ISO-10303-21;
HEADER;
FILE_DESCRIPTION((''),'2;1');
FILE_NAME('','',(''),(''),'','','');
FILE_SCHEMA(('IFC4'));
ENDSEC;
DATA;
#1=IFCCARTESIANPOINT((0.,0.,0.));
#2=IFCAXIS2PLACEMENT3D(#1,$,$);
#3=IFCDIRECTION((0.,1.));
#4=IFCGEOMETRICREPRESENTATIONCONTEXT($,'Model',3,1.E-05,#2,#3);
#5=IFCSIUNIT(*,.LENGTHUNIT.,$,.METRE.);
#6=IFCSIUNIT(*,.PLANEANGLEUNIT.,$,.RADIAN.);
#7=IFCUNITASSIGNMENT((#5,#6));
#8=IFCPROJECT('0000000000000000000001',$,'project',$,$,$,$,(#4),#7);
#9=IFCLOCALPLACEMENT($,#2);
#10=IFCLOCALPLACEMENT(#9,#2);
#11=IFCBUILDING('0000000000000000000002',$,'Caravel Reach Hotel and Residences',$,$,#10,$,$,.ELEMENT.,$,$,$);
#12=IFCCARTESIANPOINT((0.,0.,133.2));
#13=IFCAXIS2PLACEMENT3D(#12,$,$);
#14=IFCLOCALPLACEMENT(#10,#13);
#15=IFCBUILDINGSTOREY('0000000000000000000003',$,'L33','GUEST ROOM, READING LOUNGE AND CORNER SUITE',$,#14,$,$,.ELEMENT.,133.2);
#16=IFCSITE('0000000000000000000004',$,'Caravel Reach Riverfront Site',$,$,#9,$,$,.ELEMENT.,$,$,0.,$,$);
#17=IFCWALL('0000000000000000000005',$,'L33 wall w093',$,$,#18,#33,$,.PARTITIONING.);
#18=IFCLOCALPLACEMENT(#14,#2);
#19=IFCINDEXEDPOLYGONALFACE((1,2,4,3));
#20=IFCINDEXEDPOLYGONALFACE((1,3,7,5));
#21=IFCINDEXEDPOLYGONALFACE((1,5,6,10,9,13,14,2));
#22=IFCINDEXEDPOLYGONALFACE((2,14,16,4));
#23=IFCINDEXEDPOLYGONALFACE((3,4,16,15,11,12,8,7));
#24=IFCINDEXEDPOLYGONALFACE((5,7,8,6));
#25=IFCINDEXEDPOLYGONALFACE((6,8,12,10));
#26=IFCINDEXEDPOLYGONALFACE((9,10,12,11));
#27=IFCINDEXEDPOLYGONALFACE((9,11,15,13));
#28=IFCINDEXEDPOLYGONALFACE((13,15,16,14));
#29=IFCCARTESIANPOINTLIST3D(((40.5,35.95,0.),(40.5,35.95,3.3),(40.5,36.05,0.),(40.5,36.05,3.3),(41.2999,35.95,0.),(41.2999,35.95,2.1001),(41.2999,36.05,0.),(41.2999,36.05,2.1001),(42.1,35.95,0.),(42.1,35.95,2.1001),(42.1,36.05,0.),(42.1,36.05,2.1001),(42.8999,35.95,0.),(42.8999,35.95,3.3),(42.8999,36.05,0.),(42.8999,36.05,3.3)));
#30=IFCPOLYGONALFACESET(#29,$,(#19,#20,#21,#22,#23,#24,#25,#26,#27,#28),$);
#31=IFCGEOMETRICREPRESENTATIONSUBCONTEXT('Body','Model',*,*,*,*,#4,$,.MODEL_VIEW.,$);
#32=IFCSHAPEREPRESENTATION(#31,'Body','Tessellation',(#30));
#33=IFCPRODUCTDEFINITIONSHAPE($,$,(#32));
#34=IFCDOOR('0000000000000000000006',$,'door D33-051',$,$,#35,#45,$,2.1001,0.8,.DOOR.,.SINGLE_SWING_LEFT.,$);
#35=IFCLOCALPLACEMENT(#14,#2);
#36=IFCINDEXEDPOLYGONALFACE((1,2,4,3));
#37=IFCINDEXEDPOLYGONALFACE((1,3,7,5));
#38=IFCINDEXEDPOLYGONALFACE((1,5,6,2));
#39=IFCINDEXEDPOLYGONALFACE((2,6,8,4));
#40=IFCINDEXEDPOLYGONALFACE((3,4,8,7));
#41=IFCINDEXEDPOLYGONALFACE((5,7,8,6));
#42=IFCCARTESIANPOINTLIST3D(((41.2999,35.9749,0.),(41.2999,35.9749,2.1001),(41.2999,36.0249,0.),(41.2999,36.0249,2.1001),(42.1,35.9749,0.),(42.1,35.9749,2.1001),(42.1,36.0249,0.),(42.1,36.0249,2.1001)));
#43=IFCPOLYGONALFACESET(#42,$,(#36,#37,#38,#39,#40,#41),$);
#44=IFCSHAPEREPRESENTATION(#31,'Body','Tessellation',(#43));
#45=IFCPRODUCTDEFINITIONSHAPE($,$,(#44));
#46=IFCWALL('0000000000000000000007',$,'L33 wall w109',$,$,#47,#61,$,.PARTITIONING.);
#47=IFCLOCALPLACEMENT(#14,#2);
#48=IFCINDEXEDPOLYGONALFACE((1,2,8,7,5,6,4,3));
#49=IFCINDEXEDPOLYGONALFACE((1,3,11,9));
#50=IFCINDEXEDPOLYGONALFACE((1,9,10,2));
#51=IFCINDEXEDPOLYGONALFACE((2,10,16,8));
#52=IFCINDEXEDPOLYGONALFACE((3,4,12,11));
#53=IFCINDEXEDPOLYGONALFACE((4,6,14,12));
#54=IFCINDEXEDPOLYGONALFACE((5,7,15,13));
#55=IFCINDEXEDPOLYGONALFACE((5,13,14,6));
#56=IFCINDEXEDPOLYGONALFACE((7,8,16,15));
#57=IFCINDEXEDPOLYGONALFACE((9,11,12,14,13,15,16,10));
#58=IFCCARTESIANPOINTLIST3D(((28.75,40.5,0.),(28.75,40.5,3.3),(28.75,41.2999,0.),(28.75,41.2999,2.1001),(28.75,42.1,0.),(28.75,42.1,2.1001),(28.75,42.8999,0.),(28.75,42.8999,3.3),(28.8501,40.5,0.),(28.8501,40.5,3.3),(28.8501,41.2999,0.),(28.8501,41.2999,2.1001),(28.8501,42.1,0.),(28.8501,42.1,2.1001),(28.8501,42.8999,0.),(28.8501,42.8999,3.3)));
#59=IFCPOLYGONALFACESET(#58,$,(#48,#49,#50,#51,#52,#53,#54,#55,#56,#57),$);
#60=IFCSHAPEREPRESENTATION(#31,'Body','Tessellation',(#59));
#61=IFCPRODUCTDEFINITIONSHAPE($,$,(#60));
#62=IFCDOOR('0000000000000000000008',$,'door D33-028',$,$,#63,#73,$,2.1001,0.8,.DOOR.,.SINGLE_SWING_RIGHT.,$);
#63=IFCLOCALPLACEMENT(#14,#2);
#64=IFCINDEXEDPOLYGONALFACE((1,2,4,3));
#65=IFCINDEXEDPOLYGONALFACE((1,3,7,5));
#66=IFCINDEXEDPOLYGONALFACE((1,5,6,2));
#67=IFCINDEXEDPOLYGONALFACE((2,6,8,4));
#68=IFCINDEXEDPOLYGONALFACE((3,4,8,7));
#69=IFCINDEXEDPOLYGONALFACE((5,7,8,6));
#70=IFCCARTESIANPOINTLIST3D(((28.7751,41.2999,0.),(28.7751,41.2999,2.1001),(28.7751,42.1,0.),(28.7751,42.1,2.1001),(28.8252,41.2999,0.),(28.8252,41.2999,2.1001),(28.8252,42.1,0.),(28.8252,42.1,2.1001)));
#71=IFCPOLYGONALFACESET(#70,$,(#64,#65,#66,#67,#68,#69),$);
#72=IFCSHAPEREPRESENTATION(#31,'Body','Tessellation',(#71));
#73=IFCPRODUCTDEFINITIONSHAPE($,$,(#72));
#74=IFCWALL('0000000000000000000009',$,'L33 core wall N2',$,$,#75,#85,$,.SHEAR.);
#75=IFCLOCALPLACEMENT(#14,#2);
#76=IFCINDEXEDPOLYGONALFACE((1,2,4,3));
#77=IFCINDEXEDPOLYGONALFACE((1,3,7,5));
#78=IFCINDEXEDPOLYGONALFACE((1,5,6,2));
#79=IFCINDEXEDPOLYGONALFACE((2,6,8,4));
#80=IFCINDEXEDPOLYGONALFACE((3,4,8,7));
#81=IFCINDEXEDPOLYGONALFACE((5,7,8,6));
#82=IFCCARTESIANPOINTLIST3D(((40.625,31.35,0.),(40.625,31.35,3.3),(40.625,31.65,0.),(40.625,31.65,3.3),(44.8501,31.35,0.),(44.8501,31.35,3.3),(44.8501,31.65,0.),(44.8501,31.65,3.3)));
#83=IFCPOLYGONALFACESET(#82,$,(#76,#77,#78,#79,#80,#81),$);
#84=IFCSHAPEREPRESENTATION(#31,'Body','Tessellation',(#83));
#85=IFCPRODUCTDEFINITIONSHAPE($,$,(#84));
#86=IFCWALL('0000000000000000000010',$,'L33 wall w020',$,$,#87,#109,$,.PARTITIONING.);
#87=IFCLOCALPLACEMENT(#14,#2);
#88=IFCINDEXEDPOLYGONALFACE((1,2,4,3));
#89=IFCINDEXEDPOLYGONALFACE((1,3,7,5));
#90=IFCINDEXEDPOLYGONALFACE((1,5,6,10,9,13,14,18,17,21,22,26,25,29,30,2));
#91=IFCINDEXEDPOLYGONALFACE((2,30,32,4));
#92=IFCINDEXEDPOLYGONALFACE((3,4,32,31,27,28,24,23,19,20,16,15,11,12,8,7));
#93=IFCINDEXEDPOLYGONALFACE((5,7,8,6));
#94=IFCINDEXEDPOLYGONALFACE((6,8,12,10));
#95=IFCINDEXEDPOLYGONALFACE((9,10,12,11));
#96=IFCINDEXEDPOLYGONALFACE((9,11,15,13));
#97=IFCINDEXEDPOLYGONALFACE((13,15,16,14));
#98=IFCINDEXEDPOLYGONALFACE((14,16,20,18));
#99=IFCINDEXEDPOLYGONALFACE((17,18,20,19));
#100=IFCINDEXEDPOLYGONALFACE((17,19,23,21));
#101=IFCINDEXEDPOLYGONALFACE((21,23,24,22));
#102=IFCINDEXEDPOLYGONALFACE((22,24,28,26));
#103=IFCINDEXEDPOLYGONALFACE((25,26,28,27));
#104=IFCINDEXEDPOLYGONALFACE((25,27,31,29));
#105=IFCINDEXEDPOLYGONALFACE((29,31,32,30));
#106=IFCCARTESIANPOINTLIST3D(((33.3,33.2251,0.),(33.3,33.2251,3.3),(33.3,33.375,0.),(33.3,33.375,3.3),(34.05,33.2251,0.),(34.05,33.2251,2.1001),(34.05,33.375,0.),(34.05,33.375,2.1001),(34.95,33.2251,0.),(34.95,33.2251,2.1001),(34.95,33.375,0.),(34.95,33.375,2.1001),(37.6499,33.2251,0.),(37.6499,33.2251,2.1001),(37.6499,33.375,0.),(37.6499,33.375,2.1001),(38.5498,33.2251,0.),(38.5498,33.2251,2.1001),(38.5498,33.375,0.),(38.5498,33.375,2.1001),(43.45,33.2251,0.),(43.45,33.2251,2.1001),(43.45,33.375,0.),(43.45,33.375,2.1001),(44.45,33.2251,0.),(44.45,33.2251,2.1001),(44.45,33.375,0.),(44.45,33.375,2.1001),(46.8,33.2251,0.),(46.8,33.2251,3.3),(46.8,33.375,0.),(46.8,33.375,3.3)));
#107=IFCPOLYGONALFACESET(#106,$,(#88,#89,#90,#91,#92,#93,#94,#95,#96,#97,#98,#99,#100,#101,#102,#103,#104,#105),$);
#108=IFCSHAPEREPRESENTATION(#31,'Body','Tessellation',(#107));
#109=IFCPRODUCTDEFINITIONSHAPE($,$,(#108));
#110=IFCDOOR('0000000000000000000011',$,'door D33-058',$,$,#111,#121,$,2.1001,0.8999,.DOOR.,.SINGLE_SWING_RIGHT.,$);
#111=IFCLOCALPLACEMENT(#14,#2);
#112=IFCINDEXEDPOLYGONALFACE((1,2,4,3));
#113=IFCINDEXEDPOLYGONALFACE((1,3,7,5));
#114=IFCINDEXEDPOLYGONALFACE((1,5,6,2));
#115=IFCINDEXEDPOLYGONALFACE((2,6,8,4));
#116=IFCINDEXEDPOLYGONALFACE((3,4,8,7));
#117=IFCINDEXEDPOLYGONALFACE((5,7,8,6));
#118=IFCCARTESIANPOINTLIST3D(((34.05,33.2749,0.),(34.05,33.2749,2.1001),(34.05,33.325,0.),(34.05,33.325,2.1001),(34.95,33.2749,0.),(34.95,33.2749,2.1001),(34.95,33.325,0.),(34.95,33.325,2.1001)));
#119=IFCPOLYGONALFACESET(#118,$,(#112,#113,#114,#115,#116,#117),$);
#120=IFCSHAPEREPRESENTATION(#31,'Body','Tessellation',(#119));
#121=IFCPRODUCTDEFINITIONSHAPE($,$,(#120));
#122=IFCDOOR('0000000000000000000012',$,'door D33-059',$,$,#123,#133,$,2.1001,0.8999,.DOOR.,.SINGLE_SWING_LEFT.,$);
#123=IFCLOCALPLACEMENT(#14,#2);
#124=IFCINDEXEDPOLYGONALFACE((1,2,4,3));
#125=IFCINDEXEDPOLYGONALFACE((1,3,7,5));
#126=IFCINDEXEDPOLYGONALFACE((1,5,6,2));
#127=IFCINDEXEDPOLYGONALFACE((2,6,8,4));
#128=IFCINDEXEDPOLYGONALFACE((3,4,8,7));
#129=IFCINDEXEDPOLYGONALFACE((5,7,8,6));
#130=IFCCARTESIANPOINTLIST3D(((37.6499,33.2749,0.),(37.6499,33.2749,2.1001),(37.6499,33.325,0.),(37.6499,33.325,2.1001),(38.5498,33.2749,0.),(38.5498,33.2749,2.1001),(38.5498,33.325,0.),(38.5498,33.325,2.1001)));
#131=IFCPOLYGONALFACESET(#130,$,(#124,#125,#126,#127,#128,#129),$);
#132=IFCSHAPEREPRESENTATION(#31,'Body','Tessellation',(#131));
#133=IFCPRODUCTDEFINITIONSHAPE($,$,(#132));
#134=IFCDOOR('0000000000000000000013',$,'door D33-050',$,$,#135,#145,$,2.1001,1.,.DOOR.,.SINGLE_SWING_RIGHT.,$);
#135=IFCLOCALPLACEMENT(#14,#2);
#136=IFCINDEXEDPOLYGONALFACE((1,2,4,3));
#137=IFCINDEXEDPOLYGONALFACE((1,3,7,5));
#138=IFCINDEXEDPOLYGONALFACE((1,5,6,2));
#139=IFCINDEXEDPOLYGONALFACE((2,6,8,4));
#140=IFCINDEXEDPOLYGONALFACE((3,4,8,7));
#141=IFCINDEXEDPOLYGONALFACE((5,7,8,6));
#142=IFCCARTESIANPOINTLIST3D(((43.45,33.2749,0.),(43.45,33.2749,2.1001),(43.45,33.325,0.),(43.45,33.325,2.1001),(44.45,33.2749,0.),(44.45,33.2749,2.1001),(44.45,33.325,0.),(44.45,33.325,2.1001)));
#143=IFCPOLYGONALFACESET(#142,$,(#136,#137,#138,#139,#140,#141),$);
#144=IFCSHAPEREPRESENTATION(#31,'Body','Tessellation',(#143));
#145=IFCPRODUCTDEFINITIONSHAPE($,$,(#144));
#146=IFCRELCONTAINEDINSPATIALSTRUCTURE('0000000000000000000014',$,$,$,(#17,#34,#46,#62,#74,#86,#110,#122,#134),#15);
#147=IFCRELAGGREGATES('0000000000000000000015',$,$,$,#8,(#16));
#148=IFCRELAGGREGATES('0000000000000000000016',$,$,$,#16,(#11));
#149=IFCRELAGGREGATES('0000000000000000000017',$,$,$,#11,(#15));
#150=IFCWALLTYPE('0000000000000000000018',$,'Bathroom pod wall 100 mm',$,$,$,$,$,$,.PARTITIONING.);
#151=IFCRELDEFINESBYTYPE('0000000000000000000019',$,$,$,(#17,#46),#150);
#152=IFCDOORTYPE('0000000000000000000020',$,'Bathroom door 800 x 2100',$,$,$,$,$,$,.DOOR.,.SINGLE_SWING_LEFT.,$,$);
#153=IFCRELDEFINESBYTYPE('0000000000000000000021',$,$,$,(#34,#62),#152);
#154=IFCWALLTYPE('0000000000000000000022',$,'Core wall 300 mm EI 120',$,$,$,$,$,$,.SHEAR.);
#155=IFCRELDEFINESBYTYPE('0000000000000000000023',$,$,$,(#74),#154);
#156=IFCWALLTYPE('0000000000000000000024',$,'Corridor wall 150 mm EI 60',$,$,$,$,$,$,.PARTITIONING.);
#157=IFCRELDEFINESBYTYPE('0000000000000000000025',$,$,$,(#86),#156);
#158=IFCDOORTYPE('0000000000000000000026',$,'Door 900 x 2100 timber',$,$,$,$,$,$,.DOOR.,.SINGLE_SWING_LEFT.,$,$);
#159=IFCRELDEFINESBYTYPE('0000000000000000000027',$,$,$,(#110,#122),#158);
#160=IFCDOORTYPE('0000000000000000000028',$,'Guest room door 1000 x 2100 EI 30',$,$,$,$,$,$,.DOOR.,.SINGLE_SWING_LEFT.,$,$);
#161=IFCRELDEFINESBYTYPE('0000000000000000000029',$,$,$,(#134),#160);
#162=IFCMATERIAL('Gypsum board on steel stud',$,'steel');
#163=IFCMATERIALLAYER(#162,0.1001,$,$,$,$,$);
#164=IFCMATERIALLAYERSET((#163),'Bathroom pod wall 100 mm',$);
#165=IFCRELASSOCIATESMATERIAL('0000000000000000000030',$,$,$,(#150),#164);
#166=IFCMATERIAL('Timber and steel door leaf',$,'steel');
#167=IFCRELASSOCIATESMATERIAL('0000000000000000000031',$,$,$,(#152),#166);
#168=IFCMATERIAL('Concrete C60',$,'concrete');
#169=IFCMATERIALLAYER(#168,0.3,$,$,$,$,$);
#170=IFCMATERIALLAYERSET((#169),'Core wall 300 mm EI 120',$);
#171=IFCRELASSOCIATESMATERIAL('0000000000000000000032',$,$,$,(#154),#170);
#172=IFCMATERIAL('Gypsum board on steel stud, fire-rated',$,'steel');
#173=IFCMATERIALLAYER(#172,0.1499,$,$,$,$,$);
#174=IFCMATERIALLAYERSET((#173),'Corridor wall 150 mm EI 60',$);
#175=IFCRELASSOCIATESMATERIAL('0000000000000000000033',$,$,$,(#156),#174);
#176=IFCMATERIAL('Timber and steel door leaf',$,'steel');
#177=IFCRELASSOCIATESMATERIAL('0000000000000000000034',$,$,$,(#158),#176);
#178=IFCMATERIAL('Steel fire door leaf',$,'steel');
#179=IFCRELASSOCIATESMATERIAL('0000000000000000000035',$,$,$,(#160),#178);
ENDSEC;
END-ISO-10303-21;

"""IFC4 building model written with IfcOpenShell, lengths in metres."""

from ifc_helpers import new_model, si_unit, direction, frame, frame_2d, origin, place, context, subcontext, project, spatial, rectangle, extrude, material, layer, layer_set, type_object, element, fill, save


model = new_model("IFC4")

# Units and contexts
model_context = context("Model", 3, precision=1e-05, world=origin(), true_north=direction((0.0, 1.0)))
body_context = subcontext(model_context, "Body", "Model", "MODEL_VIEW")
ifc_project = project(units=[si_unit("LENGTHUNIT", "METRE"), si_unit("PLANEANGLEUNIT", "RADIAN")], contexts=[model_context])

# Site, building, storey
site_placement = place(None, origin())
site = spatial("IfcSite", under=ifc_project, at=site_placement, Name="Caravel Reach Riverfront Site", CompositionType="ELEMENT", RefElevation=0.0)
building_placement = place(site_placement, origin())
building = spatial("IfcBuilding", under=site, at=building_placement, Name="Caravel Reach Hotel and Residences", CompositionType="ELEMENT")
storey_placement = place(building_placement, frame((0.0, 0.0, 133.2)))
storey = spatial("IfcBuildingStorey", under=building, at=storey_placement, Name="L33", Description="GUEST ROOM, READING LOUNGE AND CORNER SUITE", CompositionType="ELEMENT", Elevation=133.2)

# Walls, openings, doors
ifc_material_1 = material(Name="Gypsum board on steel stud", Category="steel")
ifc_layer_1 = layer(ifc_material_1, 0.1001)
ifc_layer_set_1 = layer_set([ifc_layer_1], Name="Bathroom pod wall 100 mm")
wall_type_1 = type_object("IfcWallType", Name="Bathroom pod wall 100 mm", PredefinedType="PARTITIONING", material=ifc_layer_set_1)
wall_1_placement = place(storey_placement, frame((40.5, 36.0, 0.0), z_axis=(0.0, 0.0, 1.0), x_axis=(1.0, 0.0, 0.0)))
wall_1 = element("IfcWall", 1, at=wall_1_placement, inside=storey, type_object=wall_type_1, Name="L33 wall w093", PredefinedType="PARTITIONING", context=body_context, shape_type="SweptSolid", body=[
    extrude(rectangle(XDim=2.3999, YDim=0.1001, at=frame_2d((1.2, 0.0))), origin(), (0.0, 0.0, 1.0), 3.3),
])
opening_1_placement = place(wall_1_placement, frame((0.8, 0.0, 0.0)))
opening_1 = element("IfcOpeningElement", 2, at=opening_1_placement, cuts=wall_1, PredefinedType="OPENING", context=body_context, shape_type="SweptSolid", body=[
    extrude(rectangle(XDim=0.8, YDim=2.1001, at=frame_2d((0.3999, 1.05))), frame((0.0, 0.0601, 0.0), z_axis=(0.0, -1.0, 0.0), x_axis=(1.0, 0.0, 0.0)), (0.0, 0.0, 1.0), 0.1201),
])
ifc_material_2 = material(Name="Timber and steel door leaf", Category="steel")
door_type_1 = type_object("IfcDoorType", Name="Bathroom door 800 x 2100", OperationType="SINGLE_SWING_LEFT", PredefinedType="DOOR", material=ifc_material_2)
door_1_placement = place(opening_1_placement, origin())
door_1 = element("IfcDoor", 3, at=door_1_placement, inside=storey, type_object=door_type_1, Name="door D33-051", OperationType="SINGLE_SWING_LEFT", OverallHeight=2.1001, OverallWidth=0.8, PredefinedType="DOOR", context=body_context, shape_type="SweptSolid", body=[
    extrude(rectangle(XDim=0.8, YDim=2.1001, at=frame_2d((0.3999, 1.05))), frame((0.0, 0.0249, 0.0), z_axis=(0.0, -1.0, 0.0), x_axis=(1.0, 0.0, 0.0)), (0.0, 0.0, 1.0), 0.05),
])
fill(opening_1, door_1)
wall_2_placement = place(storey_placement, frame((28.8, 40.5, 0.0), z_axis=(0.0, 0.0, 1.0), x_axis=(0.0, 1.0, 0.0)))
wall_2 = element("IfcWall", 4, at=wall_2_placement, inside=storey, type_object=wall_type_1, Name="L33 wall w109", PredefinedType="PARTITIONING", context=body_context, shape_type="SweptSolid", body=[
    extrude(rectangle(XDim=2.3999, YDim=0.1001, at=frame_2d((1.2, 0.0))), origin(), (0.0, 0.0, 1.0), 3.3),
])
opening_2_placement = place(wall_2_placement, frame((0.8, 0.0, 0.0)))
opening_2 = element("IfcOpeningElement", 5, at=opening_2_placement, cuts=wall_2, PredefinedType="OPENING", context=body_context, shape_type="SweptSolid", body=[
    extrude(rectangle(XDim=0.8, YDim=2.1001, at=frame_2d((0.3999, 1.05))), frame((0.0, 0.0601, 0.0), z_axis=(0.0, -1.0, 0.0), x_axis=(1.0, 0.0, 0.0)), (0.0, 0.0, 1.0), 0.1201),
])
door_2_placement = place(opening_2_placement, origin())
door_2 = element("IfcDoor", 6, at=door_2_placement, inside=storey, type_object=door_type_1, Name="door D33-028", OperationType="SINGLE_SWING_RIGHT", OverallHeight=2.1001, OverallWidth=0.8, PredefinedType="DOOR", context=body_context, shape_type="SweptSolid", body=[
    extrude(rectangle(XDim=0.8, YDim=2.1001, at=frame_2d((0.3999, 1.05))), frame((0.0, 0.0249, 0.0), z_axis=(0.0, -1.0, 0.0), x_axis=(1.0, 0.0, 0.0)), (0.0, 0.0, 1.0), 0.05),
])
fill(opening_2, door_2)

# Wall
ifc_material_3 = material(Name="Concrete C60", Category="concrete")
ifc_layer_2 = layer(ifc_material_3, 0.3)
ifc_layer_set_2 = layer_set([ifc_layer_2], Name="Core wall 300 mm EI 120")
wall_type_2 = type_object("IfcWallType", Name="Core wall 300 mm EI 120", PredefinedType="SHEAR", material=ifc_layer_set_2)
wall_3_placement = place(storey_placement, frame((40.625, 31.5, 0.0), z_axis=(0.0, 0.0, 1.0), x_axis=(1.0, 0.0, 0.0)))
element("IfcWall", 7, at=wall_3_placement, inside=storey, type_object=wall_type_2, Name="L33 core wall N2", PredefinedType="SHEAR", context=body_context, shape_type="SweptSolid", body=[
    extrude(rectangle(XDim=4.2251, YDim=0.3, at=frame_2d((2.1125, 0.0))), origin(), (0.0, 0.0, 1.0), 3.3),
])

# Wall, openings, doors
ifc_material_4 = material(Name="Gypsum board on steel stud, fire-rated", Category="steel")
ifc_layer_3 = layer(ifc_material_4, 0.1499)
ifc_layer_set_3 = layer_set([ifc_layer_3], Name="Corridor wall 150 mm EI 60")
wall_type_3 = type_object("IfcWallType", Name="Corridor wall 150 mm EI 60", PredefinedType="PARTITIONING", material=ifc_layer_set_3)
wall_4_placement = place(storey_placement, frame((33.3, 33.3, 0.0), z_axis=(0.0, 0.0, 1.0), x_axis=(1.0, 0.0, 0.0)))
wall_4 = element("IfcWall", 8, at=wall_4_placement, inside=storey, type_object=wall_type_3, Name="L33 wall w020", PredefinedType="PARTITIONING", context=body_context, shape_type="SweptSolid", body=[
    extrude(rectangle(XDim=13.5, YDim=0.1499, at=frame_2d((6.75, 0.0))), origin(), (0.0, 0.0, 1.0), 3.3),
])
opening_3_placement = place(wall_4_placement, frame((10.1499, 0.0, 0.0)))
opening_3 = element("IfcOpeningElement", 9, at=opening_3_placement, cuts=wall_4, PredefinedType="OPENING", context=body_context, shape_type="SweptSolid", body=[
    extrude(rectangle(XDim=1.0, YDim=2.1001, at=frame_2d((0.5, 1.05))), frame((0.0, 0.085, 0.0), z_axis=(0.0, -1.0, 0.0), x_axis=(1.0, 0.0, 0.0)), (0.0, 0.0, 1.0), 0.1699),
])
opening_4_placement = place(wall_4_placement, frame((0.75, 0.0, 0.0)))
opening_4 = element("IfcOpeningElement", 10, at=opening_4_placement, cuts=wall_4, PredefinedType="OPENING", context=body_context, shape_type="SweptSolid", body=[
    extrude(rectangle(XDim=0.8999, YDim=2.1001, at=frame_2d((0.45, 1.05))), frame((0.0, 0.085, 0.0), z_axis=(0.0, -1.0, 0.0), x_axis=(1.0, 0.0, 0.0)), (0.0, 0.0, 1.0), 0.1699),
])
opening_5_placement = place(wall_4_placement, frame((4.3499, 0.0, 0.0)))
opening_5 = element("IfcOpeningElement", 11, at=opening_5_placement, cuts=wall_4, PredefinedType="OPENING", context=body_context, shape_type="SweptSolid", body=[
    extrude(rectangle(XDim=0.8999, YDim=2.1001, at=frame_2d((0.45, 1.05))), frame((0.0, 0.085, 0.0), z_axis=(0.0, -1.0, 0.0), x_axis=(1.0, 0.0, 0.0)), (0.0, 0.0, 1.0), 0.1699),
])
ifc_material_5 = material(Name="Timber and steel door leaf", Category="steel")
door_type_2 = type_object("IfcDoorType", Name="Door 900 x 2100 timber", OperationType="SINGLE_SWING_LEFT", PredefinedType="DOOR", material=ifc_material_5)
door_3_placement = place(opening_4_placement, origin())
door_3 = element("IfcDoor", 12, at=door_3_placement, inside=storey, type_object=door_type_2, Name="door D33-058", OperationType="SINGLE_SWING_RIGHT", OverallHeight=2.1001, OverallWidth=0.8999, PredefinedType="DOOR", context=body_context, shape_type="SweptSolid", body=[
    extrude(rectangle(XDim=0.8999, YDim=2.1001, at=frame_2d((0.45, 1.05))), frame((0.0, 0.0249, 0.0), z_axis=(0.0, -1.0, 0.0), x_axis=(1.0, 0.0, 0.0)), (0.0, 0.0, 1.0), 0.05),
])
fill(opening_4, door_3)
door_4_placement = place(opening_5_placement, origin())
door_4 = element("IfcDoor", 13, at=door_4_placement, inside=storey, type_object=door_type_2, Name="door D33-059", OperationType="SINGLE_SWING_LEFT", OverallHeight=2.1001, OverallWidth=0.8999, PredefinedType="DOOR", context=body_context, shape_type="SweptSolid", body=[
    extrude(rectangle(XDim=0.8999, YDim=2.1001, at=frame_2d((0.45, 1.05))), frame((0.0, 0.0249, 0.0), z_axis=(0.0, -1.0, 0.0), x_axis=(1.0, 0.0, 0.0)), (0.0, 0.0, 1.0), 0.05),
])
fill(opening_5, door_4)
ifc_material_6 = material(Name="Steel fire door leaf", Category="steel")
door_type_3 = type_object("IfcDoorType", Name="Guest room door 1000 x 2100 EI 30", OperationType="SINGLE_SWING_LEFT", PredefinedType="DOOR", material=ifc_material_6)
door_5_placement = place(opening_3_placement, origin())
door_5 = element("IfcDoor", 14, at=door_5_placement, inside=storey, type_object=door_type_3, Name="door D33-050", OperationType="SINGLE_SWING_RIGHT", OverallHeight=2.1001, OverallWidth=1.0, PredefinedType="DOOR", context=body_context, shape_type="SweptSolid", body=[
    extrude(rectangle(XDim=1.0, YDim=2.1001, at=frame_2d((0.5, 1.05))), frame((0.0, 0.0249, 0.0), z_axis=(0.0, -1.0, 0.0), x_axis=(1.0, 0.0, 0.0)), (0.0, 0.0, 1.0), 0.05),
])
fill(opening_3, door_5)

save(model, "model.ifc")
